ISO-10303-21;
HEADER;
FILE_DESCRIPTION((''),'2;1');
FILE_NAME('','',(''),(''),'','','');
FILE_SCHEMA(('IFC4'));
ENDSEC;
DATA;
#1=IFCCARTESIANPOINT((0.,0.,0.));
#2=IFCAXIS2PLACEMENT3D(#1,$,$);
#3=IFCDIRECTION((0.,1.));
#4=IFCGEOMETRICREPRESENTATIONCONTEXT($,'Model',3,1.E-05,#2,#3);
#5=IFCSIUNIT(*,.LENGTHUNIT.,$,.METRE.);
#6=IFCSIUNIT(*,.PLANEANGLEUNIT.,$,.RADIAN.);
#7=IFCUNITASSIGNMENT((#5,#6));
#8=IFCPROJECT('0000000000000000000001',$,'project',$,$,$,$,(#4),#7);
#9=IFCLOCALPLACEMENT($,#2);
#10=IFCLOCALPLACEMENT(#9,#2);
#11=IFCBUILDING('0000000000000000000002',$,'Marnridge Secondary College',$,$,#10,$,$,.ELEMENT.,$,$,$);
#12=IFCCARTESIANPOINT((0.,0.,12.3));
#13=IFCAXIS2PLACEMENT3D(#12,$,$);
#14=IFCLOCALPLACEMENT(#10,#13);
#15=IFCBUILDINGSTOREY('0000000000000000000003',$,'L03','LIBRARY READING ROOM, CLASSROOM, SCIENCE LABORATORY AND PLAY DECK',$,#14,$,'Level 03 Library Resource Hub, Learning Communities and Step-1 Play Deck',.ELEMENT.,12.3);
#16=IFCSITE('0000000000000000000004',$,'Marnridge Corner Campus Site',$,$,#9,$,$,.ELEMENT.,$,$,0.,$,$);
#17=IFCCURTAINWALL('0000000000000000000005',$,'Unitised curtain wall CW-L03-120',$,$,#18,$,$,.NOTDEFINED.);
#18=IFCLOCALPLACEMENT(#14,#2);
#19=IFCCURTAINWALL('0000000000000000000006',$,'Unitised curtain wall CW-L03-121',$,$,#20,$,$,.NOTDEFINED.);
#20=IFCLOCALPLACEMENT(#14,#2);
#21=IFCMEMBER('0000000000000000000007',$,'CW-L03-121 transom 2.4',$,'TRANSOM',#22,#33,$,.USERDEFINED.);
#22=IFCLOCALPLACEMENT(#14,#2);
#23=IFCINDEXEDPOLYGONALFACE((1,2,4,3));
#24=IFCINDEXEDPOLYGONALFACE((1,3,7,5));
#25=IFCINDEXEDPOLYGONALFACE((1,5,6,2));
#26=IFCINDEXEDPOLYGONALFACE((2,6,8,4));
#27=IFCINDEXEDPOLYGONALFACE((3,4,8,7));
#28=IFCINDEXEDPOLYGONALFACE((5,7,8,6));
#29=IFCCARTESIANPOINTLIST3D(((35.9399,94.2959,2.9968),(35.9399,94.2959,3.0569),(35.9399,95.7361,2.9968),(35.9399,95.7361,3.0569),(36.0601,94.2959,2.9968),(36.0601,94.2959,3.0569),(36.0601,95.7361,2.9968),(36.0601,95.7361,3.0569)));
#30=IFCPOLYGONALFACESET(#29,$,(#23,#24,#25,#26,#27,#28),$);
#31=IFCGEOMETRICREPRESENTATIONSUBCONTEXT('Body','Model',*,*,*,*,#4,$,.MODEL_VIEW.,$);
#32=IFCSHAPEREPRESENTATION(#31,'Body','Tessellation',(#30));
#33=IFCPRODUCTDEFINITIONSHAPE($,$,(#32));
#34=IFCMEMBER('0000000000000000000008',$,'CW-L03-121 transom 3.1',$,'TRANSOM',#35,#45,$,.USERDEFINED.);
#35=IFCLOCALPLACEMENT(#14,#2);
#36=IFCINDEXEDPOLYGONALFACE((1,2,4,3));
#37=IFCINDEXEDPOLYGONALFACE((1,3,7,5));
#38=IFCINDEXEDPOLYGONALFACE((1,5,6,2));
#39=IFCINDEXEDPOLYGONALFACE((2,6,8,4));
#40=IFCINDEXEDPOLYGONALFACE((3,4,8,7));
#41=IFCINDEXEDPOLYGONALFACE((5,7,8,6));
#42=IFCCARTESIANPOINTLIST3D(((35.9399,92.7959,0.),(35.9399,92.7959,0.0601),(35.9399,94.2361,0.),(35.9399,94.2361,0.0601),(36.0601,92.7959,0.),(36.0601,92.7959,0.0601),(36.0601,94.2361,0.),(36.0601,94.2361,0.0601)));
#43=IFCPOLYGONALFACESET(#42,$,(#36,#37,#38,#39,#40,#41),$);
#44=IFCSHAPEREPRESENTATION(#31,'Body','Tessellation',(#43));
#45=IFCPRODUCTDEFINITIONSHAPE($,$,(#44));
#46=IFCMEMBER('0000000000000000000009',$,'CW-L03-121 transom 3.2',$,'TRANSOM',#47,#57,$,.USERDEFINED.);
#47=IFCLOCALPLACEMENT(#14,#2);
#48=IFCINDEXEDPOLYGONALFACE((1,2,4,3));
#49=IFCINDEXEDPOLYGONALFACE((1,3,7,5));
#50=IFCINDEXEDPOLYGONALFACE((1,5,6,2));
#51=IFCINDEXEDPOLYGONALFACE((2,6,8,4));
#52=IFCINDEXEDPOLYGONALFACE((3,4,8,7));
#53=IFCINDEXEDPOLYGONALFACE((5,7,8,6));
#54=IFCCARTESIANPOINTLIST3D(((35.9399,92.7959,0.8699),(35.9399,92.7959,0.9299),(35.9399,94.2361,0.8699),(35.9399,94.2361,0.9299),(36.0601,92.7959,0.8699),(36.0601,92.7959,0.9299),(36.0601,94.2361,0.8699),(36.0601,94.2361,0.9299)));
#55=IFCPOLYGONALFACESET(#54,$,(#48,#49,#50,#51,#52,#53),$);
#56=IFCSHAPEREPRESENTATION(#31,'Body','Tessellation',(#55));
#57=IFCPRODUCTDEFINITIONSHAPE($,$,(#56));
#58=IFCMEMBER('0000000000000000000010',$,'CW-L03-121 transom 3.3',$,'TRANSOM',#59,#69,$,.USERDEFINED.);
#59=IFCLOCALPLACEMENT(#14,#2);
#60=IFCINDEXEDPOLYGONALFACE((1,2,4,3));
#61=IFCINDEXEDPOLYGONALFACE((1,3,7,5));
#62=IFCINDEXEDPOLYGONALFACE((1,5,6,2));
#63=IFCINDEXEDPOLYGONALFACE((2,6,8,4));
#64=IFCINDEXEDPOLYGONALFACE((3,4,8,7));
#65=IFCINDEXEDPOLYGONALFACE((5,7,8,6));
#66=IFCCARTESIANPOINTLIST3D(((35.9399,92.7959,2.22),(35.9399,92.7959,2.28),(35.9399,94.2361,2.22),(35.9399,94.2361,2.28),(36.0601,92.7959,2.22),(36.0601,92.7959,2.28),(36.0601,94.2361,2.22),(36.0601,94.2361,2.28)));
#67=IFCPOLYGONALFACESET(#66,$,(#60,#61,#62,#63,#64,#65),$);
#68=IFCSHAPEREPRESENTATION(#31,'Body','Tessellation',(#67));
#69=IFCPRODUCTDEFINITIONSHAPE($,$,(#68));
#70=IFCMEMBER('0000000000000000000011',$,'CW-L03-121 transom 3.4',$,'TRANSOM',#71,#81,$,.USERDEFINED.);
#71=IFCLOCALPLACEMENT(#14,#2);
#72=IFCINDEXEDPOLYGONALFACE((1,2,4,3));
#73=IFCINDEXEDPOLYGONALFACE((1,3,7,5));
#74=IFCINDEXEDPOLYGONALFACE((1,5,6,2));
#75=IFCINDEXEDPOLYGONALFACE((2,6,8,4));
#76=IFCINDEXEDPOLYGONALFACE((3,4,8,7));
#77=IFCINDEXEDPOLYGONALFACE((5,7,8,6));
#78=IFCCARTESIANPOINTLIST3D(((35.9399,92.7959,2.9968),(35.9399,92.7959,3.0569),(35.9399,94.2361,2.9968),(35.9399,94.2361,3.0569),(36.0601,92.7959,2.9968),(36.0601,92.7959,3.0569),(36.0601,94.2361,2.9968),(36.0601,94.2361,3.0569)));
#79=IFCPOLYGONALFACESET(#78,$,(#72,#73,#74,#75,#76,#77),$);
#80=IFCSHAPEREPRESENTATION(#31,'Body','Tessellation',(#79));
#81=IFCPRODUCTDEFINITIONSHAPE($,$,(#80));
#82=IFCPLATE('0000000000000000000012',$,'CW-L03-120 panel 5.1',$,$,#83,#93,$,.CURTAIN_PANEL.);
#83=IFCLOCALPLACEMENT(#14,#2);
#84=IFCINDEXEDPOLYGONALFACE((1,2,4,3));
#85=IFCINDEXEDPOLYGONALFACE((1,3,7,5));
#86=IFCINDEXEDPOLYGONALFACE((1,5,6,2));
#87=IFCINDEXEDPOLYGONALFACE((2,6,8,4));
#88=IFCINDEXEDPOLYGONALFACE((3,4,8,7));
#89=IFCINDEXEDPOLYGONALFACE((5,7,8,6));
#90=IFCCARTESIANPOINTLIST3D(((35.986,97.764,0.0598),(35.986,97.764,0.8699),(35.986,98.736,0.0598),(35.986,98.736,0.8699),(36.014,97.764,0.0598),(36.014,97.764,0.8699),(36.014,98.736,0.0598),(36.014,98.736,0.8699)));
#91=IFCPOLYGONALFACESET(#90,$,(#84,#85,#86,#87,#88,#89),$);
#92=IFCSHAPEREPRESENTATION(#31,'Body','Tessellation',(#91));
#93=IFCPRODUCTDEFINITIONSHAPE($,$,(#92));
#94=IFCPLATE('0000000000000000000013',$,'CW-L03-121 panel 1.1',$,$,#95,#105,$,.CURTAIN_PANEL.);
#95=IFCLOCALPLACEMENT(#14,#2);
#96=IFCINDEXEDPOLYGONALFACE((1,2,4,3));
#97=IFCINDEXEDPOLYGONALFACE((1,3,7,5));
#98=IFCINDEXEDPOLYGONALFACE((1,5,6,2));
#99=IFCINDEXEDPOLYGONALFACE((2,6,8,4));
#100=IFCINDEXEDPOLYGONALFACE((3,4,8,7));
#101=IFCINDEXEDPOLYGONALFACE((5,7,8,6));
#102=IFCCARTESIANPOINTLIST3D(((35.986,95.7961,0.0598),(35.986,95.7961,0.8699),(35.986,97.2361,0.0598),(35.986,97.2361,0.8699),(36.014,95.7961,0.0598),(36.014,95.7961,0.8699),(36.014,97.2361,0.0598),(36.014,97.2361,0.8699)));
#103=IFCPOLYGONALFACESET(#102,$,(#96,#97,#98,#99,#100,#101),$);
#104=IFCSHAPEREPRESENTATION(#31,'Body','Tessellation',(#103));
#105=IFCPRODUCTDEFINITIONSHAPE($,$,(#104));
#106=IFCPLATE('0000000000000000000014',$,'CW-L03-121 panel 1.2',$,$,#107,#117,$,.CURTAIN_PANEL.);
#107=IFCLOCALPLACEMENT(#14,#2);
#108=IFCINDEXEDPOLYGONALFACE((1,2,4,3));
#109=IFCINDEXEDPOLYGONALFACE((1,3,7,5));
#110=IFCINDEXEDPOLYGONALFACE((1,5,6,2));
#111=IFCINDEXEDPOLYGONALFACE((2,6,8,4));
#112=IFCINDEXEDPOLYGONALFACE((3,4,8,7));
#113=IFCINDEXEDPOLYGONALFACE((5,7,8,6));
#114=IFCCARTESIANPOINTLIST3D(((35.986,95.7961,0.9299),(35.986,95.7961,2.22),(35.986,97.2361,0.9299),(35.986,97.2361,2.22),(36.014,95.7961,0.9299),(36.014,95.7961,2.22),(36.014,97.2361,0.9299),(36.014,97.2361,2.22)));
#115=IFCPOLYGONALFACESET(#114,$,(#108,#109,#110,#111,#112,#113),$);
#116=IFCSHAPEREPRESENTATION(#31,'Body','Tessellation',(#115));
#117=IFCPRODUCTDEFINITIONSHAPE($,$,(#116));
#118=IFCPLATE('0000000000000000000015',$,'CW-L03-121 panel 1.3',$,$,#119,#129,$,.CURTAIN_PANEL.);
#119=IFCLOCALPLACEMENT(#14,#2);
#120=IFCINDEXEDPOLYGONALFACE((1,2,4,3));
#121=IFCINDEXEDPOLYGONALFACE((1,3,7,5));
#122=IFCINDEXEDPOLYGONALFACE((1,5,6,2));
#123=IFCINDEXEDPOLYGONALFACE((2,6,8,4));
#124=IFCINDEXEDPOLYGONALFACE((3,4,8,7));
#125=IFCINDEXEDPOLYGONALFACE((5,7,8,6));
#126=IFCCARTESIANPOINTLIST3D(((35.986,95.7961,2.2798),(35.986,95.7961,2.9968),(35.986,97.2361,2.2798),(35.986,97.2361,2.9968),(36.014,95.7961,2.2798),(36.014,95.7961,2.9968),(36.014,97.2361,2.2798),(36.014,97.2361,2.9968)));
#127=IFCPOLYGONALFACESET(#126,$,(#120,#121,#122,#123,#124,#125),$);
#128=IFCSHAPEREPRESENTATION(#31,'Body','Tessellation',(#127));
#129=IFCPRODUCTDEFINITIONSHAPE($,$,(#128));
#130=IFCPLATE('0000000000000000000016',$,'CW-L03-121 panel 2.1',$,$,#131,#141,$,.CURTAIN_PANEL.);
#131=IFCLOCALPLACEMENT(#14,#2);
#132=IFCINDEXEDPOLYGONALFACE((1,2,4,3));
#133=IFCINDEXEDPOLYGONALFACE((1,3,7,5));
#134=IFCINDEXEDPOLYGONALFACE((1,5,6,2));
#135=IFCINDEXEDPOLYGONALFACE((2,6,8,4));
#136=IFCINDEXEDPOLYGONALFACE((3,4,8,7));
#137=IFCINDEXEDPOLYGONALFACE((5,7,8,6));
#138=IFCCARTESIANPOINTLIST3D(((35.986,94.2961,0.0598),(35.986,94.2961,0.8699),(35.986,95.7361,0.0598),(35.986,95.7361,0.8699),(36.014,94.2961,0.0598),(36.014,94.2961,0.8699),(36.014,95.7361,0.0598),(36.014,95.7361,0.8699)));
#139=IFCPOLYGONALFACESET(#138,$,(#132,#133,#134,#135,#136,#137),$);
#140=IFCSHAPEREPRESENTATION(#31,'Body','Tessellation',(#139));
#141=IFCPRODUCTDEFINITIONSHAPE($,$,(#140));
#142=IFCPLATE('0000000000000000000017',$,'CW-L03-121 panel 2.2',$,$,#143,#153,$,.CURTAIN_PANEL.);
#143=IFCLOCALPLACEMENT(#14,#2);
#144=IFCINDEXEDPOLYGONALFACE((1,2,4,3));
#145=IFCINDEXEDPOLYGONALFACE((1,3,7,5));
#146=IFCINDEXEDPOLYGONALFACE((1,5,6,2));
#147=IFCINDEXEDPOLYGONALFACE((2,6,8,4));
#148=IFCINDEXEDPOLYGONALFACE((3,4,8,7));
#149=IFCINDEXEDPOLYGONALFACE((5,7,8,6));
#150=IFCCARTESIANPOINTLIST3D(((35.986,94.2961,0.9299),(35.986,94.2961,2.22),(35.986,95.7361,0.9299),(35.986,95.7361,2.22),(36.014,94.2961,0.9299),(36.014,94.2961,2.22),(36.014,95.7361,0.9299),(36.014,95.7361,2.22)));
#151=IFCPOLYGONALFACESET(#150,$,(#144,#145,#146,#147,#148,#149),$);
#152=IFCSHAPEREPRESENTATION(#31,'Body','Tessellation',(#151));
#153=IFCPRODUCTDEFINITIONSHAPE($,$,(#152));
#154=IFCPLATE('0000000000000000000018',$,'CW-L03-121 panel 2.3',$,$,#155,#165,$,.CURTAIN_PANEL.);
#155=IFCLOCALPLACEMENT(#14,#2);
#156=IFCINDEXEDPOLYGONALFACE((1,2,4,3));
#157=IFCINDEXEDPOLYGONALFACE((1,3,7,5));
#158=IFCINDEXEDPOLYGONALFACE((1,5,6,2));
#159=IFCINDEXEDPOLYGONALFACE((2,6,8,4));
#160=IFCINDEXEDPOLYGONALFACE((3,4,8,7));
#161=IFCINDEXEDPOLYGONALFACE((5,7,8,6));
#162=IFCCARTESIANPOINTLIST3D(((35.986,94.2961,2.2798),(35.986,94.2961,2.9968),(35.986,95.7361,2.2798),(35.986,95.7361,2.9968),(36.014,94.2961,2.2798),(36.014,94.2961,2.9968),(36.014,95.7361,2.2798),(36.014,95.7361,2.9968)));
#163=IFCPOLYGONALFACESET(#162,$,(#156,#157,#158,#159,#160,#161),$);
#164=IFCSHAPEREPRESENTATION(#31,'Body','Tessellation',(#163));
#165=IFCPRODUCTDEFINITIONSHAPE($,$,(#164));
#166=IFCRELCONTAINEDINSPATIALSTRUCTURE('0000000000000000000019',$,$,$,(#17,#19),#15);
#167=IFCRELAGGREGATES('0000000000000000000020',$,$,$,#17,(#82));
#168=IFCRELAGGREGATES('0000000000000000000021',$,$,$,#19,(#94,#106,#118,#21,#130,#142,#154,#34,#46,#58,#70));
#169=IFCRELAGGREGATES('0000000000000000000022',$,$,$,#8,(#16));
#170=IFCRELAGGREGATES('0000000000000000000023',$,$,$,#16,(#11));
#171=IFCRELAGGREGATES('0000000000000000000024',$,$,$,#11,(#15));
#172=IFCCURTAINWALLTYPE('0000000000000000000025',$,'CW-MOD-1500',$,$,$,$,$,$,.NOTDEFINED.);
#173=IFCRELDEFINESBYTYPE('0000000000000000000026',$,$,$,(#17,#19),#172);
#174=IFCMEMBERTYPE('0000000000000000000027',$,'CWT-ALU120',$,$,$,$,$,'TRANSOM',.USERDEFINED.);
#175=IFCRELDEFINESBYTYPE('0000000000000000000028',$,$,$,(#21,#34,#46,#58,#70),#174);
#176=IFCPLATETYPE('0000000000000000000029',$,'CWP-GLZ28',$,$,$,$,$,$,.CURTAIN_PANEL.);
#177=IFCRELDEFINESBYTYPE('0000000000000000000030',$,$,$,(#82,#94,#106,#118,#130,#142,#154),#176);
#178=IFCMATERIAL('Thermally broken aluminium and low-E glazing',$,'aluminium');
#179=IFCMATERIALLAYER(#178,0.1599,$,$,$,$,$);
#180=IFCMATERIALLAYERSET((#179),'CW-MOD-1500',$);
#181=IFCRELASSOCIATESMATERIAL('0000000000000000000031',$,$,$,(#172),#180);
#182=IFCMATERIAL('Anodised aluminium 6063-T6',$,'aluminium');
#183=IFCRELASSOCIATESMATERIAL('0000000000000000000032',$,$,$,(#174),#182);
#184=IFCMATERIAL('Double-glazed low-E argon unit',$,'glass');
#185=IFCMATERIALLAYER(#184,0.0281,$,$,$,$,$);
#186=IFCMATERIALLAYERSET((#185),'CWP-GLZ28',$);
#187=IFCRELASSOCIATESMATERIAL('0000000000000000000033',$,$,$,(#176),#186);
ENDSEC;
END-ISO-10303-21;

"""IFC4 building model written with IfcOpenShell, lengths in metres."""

from ifc_helpers import new_model, si_unit, direction, frame, origin, origin_2d, place, context, subcontext, project, spatial, rectangle, extrude, material, layer, layer_set, material_profile, profile_set, type_object, element, aggregate, save


model = new_model("IFC4")

# Units and contexts
model_context = context("Model", 3, precision=1e-05, world=origin(), true_north=direction((0.0, 1.0)))
body_context = subcontext(model_context, "Body", "Model", "MODEL_VIEW")
ifc_project = project(units=[si_unit("LENGTHUNIT", "METRE"), si_unit("PLANEANGLEUNIT", "RADIAN")], contexts=[model_context])

# Site, building, storey
site_placement = place(None, origin())
site = spatial("IfcSite", under=ifc_project, at=site_placement, Name="Marnridge Corner Campus Site", CompositionType="ELEMENT", RefElevation=0.0)
building_placement = place(site_placement, origin())
building = spatial("IfcBuilding", under=site, at=building_placement, Name="Marnridge Secondary College", CompositionType="ELEMENT")
storey_placement = place(building_placement, frame((0.0, 0.0, 12.3)))
storey = spatial("IfcBuildingStorey", under=building, at=storey_placement, Name="L03", Description="LIBRARY READING ROOM, CLASSROOM, SCIENCE LABORATORY AND PLAY DECK", LongName="Level 03 Library Resource Hub, Learning Communities and Step-1 Play Deck", CompositionType="ELEMENT", Elevation=12.3)

# Curtain wall
ifc_material_1 = material(Name="Thermally broken aluminium and low-E glazing", Category="aluminium")
ifc_layer_1 = layer(ifc_material_1, 0.1599)
ifc_layer_set_1 = layer_set([ifc_layer_1], Name="CW-MOD-1500")
curtain_wall_type = type_object("IfcCurtainWallType", Name="CW-MOD-1500", PredefinedType="NOTDEFINED", material=ifc_layer_set_1)
curtain_wall_1_placement = place(storey_placement, origin())
curtain_wall_1 = element("IfcCurtainWall", 1, at=curtain_wall_1_placement, inside=storey, type_object=curtain_wall_type, Name="Unitised curtain wall CW-L03-120", PredefinedType="NOTDEFINED")

# Curtain wall, members
curtain_wall_2_placement = place(storey_placement, origin())
curtain_wall_2 = element("IfcCurtainWall", 2, at=curtain_wall_2_placement, inside=storey, type_object=curtain_wall_type, Name="Unitised curtain wall CW-L03-121", PredefinedType="NOTDEFINED")
ifc_material_2 = material(Name="Anodised aluminium 6063-T6", Category="aluminium")
ifc_material_profile_1 = material_profile(ifc_material_2, rectangle(XDim=0.0601, YDim=0.1201, at=origin_2d()), Name="ALU 60x120")
ifc_profile_set_1 = profile_set([ifc_material_profile_1], Name="Anodised aluminium 6063-T6")
member_type_1 = type_object("IfcMemberType", Name="CWT-ALU120", ElementType="TRANSOM", PredefinedType="USERDEFINED", material=ifc_profile_set_1)
member_1_placement = place(storey_placement, frame((36.0, 95.7361, 3.0269), z_axis=(0.0, -1.0, 0.0), x_axis=(0.0, 0.0, 1.0)))
member_1 = element("IfcMember", 3, at=member_1_placement, type_object=member_type_1, Name="CW-L03-121 transom 2.4", ObjectType="TRANSOM", PredefinedType="USERDEFINED", context=body_context, shape_type="SweptSolid", body=[
    extrude(rectangle(XDim=0.0601, YDim=0.1201, at=origin_2d()), origin(), (0.0, 0.0, 1.0), 1.4402),
])
member_2_placement = place(storey_placement, frame((36.0, 94.2361, 0.03), z_axis=(0.0, -1.0, 0.0), x_axis=(0.0, 0.0, 1.0)))
member_2 = element("IfcMember", 4, at=member_2_placement, type_object=member_type_1, Name="CW-L03-121 transom 3.1", ObjectType="TRANSOM", PredefinedType="USERDEFINED", context=body_context, shape_type="SweptSolid", body=[
    extrude(rectangle(XDim=0.0601, YDim=0.1201, at=origin_2d()), origin(), (0.0, 0.0, 1.0), 1.4402),
])
member_3_placement = place(storey_placement, frame((36.0, 94.2361, 0.8999), z_axis=(0.0, -1.0, 0.0), x_axis=(0.0, 0.0, 1.0)))
member_3 = element("IfcMember", 5, at=member_3_placement, type_object=member_type_1, Name="CW-L03-121 transom 3.2", ObjectType="TRANSOM", PredefinedType="USERDEFINED", context=body_context, shape_type="SweptSolid", body=[
    extrude(rectangle(XDim=0.0601, YDim=0.1201, at=origin_2d()), origin(), (0.0, 0.0, 1.0), 1.4402),
])
member_4_placement = place(storey_placement, frame((36.0, 94.2361, 2.25), z_axis=(0.0, -1.0, 0.0), x_axis=(0.0, 0.0, 1.0)))
member_4 = element("IfcMember", 6, at=member_4_placement, type_object=member_type_1, Name="CW-L03-121 transom 3.3", ObjectType="TRANSOM", PredefinedType="USERDEFINED", context=body_context, shape_type="SweptSolid", body=[
    extrude(rectangle(XDim=0.0601, YDim=0.1201, at=origin_2d()), origin(), (0.0, 0.0, 1.0), 1.4402),
])
member_5_placement = place(storey_placement, frame((36.0, 94.2361, 3.0269), z_axis=(0.0, -1.0, 0.0), x_axis=(0.0, 0.0, 1.0)))
member_5 = element("IfcMember", 7, at=member_5_placement, type_object=member_type_1, Name="CW-L03-121 transom 3.4", ObjectType="TRANSOM", PredefinedType="USERDEFINED", context=body_context, shape_type="SweptSolid", body=[
    extrude(rectangle(XDim=0.0601, YDim=0.1201, at=origin_2d()), origin(), (0.0, 0.0, 1.0), 1.4402),
])

# Plates
ifc_material_3 = material(Name="Double-glazed low-E argon unit", Category="glass")
ifc_layer_2 = layer(ifc_material_3, 0.0281)
ifc_layer_set_2 = layer_set([ifc_layer_2], Name="CWP-GLZ28")
plate_type = type_object("IfcPlateType", Name="CWP-GLZ28", PredefinedType="CURTAIN_PANEL", material=ifc_layer_set_2)
plate_1_placement = place(storey_placement, frame((36.0, 98.25, 0.0598), z_axis=(0.0, 0.0, 1.0), x_axis=(0.0, -1.0, 0.0)))
plate_1 = element("IfcPlate", 8, at=plate_1_placement, type_object=plate_type, Name="CW-L03-120 panel 5.1", PredefinedType="CURTAIN_PANEL", context=body_context, shape_type="SweptSolid", body=[
    extrude(rectangle(XDim=0.9719, YDim=0.0281, at=origin_2d()), origin(), (0.0, 0.0, 1.0), 0.8101),
])
aggregate(curtain_wall_1, [plate_1])
plate_2_placement = place(storey_placement, frame((36.0, 96.5161, 0.0598), z_axis=(0.0, 0.0, 1.0), x_axis=(0.0, -1.0, 0.0)))
plate_2 = element("IfcPlate", 9, at=plate_2_placement, type_object=plate_type, Name="CW-L03-121 panel 1.1", PredefinedType="CURTAIN_PANEL", context=body_context, shape_type="SweptSolid", body=[
    extrude(rectangle(XDim=1.4399, YDim=0.0281, at=origin_2d()), origin(), (0.0, 0.0, 1.0), 0.8101),
])
plate_3_placement = place(storey_placement, frame((36.0, 96.5161, 0.9299), z_axis=(0.0, 0.0, 1.0), x_axis=(0.0, -1.0, 0.0)))
plate_3 = element("IfcPlate", 10, at=plate_3_placement, type_object=plate_type, Name="CW-L03-121 panel 1.2", PredefinedType="CURTAIN_PANEL", context=body_context, shape_type="SweptSolid", body=[
    extrude(rectangle(XDim=1.4399, YDim=0.0281, at=origin_2d()), origin(), (0.0, 0.0, 1.0), 1.29),
])
plate_4_placement = place(storey_placement, frame((36.0, 96.5161, 2.2798), z_axis=(0.0, 0.0, 1.0), x_axis=(0.0, -1.0, 0.0)))
plate_4 = element("IfcPlate", 11, at=plate_4_placement, type_object=plate_type, Name="CW-L03-121 panel 1.3", PredefinedType="CURTAIN_PANEL", context=body_context, shape_type="SweptSolid", body=[
    extrude(rectangle(XDim=1.4399, YDim=0.0281, at=origin_2d()), origin(), (0.0, 0.0, 1.0), 0.717),
])
plate_5_placement = place(storey_placement, frame((36.0, 95.0161, 0.0598), z_axis=(0.0, 0.0, 1.0), x_axis=(0.0, -1.0, 0.0)))
plate_5 = element("IfcPlate", 12, at=plate_5_placement, type_object=plate_type, Name="CW-L03-121 panel 2.1", PredefinedType="CURTAIN_PANEL", context=body_context, shape_type="SweptSolid", body=[
    extrude(rectangle(XDim=1.4399, YDim=0.0281, at=origin_2d()), origin(), (0.0, 0.0, 1.0), 0.8101),
])
plate_6_placement = place(storey_placement, frame((36.0, 95.0161, 0.9299), z_axis=(0.0, 0.0, 1.0), x_axis=(0.0, -1.0, 0.0)))
plate_6 = element("IfcPlate", 13, at=plate_6_placement, type_object=plate_type, Name="CW-L03-121 panel 2.2", PredefinedType="CURTAIN_PANEL", context=body_context, shape_type="SweptSolid", body=[
    extrude(rectangle(XDim=1.4399, YDim=0.0281, at=origin_2d()), origin(), (0.0, 0.0, 1.0), 1.29),
])
plate_7_placement = place(storey_placement, frame((36.0, 95.0161, 2.2798), z_axis=(0.0, 0.0, 1.0), x_axis=(0.0, -1.0, 0.0)))
plate_7 = element("IfcPlate", 14, at=plate_7_placement, type_object=plate_type, Name="CW-L03-121 panel 2.3", PredefinedType="CURTAIN_PANEL", context=body_context, shape_type="SweptSolid", body=[
    extrude(rectangle(XDim=1.4399, YDim=0.0281, at=origin_2d()), origin(), (0.0, 0.0, 1.0), 0.717),
])
aggregate(curtain_wall_2, [plate_2, plate_3, plate_4, member_1, plate_5, plate_6, plate_7, member_2, member_3, member_4, member_5])

save(model, "model.ifc")
